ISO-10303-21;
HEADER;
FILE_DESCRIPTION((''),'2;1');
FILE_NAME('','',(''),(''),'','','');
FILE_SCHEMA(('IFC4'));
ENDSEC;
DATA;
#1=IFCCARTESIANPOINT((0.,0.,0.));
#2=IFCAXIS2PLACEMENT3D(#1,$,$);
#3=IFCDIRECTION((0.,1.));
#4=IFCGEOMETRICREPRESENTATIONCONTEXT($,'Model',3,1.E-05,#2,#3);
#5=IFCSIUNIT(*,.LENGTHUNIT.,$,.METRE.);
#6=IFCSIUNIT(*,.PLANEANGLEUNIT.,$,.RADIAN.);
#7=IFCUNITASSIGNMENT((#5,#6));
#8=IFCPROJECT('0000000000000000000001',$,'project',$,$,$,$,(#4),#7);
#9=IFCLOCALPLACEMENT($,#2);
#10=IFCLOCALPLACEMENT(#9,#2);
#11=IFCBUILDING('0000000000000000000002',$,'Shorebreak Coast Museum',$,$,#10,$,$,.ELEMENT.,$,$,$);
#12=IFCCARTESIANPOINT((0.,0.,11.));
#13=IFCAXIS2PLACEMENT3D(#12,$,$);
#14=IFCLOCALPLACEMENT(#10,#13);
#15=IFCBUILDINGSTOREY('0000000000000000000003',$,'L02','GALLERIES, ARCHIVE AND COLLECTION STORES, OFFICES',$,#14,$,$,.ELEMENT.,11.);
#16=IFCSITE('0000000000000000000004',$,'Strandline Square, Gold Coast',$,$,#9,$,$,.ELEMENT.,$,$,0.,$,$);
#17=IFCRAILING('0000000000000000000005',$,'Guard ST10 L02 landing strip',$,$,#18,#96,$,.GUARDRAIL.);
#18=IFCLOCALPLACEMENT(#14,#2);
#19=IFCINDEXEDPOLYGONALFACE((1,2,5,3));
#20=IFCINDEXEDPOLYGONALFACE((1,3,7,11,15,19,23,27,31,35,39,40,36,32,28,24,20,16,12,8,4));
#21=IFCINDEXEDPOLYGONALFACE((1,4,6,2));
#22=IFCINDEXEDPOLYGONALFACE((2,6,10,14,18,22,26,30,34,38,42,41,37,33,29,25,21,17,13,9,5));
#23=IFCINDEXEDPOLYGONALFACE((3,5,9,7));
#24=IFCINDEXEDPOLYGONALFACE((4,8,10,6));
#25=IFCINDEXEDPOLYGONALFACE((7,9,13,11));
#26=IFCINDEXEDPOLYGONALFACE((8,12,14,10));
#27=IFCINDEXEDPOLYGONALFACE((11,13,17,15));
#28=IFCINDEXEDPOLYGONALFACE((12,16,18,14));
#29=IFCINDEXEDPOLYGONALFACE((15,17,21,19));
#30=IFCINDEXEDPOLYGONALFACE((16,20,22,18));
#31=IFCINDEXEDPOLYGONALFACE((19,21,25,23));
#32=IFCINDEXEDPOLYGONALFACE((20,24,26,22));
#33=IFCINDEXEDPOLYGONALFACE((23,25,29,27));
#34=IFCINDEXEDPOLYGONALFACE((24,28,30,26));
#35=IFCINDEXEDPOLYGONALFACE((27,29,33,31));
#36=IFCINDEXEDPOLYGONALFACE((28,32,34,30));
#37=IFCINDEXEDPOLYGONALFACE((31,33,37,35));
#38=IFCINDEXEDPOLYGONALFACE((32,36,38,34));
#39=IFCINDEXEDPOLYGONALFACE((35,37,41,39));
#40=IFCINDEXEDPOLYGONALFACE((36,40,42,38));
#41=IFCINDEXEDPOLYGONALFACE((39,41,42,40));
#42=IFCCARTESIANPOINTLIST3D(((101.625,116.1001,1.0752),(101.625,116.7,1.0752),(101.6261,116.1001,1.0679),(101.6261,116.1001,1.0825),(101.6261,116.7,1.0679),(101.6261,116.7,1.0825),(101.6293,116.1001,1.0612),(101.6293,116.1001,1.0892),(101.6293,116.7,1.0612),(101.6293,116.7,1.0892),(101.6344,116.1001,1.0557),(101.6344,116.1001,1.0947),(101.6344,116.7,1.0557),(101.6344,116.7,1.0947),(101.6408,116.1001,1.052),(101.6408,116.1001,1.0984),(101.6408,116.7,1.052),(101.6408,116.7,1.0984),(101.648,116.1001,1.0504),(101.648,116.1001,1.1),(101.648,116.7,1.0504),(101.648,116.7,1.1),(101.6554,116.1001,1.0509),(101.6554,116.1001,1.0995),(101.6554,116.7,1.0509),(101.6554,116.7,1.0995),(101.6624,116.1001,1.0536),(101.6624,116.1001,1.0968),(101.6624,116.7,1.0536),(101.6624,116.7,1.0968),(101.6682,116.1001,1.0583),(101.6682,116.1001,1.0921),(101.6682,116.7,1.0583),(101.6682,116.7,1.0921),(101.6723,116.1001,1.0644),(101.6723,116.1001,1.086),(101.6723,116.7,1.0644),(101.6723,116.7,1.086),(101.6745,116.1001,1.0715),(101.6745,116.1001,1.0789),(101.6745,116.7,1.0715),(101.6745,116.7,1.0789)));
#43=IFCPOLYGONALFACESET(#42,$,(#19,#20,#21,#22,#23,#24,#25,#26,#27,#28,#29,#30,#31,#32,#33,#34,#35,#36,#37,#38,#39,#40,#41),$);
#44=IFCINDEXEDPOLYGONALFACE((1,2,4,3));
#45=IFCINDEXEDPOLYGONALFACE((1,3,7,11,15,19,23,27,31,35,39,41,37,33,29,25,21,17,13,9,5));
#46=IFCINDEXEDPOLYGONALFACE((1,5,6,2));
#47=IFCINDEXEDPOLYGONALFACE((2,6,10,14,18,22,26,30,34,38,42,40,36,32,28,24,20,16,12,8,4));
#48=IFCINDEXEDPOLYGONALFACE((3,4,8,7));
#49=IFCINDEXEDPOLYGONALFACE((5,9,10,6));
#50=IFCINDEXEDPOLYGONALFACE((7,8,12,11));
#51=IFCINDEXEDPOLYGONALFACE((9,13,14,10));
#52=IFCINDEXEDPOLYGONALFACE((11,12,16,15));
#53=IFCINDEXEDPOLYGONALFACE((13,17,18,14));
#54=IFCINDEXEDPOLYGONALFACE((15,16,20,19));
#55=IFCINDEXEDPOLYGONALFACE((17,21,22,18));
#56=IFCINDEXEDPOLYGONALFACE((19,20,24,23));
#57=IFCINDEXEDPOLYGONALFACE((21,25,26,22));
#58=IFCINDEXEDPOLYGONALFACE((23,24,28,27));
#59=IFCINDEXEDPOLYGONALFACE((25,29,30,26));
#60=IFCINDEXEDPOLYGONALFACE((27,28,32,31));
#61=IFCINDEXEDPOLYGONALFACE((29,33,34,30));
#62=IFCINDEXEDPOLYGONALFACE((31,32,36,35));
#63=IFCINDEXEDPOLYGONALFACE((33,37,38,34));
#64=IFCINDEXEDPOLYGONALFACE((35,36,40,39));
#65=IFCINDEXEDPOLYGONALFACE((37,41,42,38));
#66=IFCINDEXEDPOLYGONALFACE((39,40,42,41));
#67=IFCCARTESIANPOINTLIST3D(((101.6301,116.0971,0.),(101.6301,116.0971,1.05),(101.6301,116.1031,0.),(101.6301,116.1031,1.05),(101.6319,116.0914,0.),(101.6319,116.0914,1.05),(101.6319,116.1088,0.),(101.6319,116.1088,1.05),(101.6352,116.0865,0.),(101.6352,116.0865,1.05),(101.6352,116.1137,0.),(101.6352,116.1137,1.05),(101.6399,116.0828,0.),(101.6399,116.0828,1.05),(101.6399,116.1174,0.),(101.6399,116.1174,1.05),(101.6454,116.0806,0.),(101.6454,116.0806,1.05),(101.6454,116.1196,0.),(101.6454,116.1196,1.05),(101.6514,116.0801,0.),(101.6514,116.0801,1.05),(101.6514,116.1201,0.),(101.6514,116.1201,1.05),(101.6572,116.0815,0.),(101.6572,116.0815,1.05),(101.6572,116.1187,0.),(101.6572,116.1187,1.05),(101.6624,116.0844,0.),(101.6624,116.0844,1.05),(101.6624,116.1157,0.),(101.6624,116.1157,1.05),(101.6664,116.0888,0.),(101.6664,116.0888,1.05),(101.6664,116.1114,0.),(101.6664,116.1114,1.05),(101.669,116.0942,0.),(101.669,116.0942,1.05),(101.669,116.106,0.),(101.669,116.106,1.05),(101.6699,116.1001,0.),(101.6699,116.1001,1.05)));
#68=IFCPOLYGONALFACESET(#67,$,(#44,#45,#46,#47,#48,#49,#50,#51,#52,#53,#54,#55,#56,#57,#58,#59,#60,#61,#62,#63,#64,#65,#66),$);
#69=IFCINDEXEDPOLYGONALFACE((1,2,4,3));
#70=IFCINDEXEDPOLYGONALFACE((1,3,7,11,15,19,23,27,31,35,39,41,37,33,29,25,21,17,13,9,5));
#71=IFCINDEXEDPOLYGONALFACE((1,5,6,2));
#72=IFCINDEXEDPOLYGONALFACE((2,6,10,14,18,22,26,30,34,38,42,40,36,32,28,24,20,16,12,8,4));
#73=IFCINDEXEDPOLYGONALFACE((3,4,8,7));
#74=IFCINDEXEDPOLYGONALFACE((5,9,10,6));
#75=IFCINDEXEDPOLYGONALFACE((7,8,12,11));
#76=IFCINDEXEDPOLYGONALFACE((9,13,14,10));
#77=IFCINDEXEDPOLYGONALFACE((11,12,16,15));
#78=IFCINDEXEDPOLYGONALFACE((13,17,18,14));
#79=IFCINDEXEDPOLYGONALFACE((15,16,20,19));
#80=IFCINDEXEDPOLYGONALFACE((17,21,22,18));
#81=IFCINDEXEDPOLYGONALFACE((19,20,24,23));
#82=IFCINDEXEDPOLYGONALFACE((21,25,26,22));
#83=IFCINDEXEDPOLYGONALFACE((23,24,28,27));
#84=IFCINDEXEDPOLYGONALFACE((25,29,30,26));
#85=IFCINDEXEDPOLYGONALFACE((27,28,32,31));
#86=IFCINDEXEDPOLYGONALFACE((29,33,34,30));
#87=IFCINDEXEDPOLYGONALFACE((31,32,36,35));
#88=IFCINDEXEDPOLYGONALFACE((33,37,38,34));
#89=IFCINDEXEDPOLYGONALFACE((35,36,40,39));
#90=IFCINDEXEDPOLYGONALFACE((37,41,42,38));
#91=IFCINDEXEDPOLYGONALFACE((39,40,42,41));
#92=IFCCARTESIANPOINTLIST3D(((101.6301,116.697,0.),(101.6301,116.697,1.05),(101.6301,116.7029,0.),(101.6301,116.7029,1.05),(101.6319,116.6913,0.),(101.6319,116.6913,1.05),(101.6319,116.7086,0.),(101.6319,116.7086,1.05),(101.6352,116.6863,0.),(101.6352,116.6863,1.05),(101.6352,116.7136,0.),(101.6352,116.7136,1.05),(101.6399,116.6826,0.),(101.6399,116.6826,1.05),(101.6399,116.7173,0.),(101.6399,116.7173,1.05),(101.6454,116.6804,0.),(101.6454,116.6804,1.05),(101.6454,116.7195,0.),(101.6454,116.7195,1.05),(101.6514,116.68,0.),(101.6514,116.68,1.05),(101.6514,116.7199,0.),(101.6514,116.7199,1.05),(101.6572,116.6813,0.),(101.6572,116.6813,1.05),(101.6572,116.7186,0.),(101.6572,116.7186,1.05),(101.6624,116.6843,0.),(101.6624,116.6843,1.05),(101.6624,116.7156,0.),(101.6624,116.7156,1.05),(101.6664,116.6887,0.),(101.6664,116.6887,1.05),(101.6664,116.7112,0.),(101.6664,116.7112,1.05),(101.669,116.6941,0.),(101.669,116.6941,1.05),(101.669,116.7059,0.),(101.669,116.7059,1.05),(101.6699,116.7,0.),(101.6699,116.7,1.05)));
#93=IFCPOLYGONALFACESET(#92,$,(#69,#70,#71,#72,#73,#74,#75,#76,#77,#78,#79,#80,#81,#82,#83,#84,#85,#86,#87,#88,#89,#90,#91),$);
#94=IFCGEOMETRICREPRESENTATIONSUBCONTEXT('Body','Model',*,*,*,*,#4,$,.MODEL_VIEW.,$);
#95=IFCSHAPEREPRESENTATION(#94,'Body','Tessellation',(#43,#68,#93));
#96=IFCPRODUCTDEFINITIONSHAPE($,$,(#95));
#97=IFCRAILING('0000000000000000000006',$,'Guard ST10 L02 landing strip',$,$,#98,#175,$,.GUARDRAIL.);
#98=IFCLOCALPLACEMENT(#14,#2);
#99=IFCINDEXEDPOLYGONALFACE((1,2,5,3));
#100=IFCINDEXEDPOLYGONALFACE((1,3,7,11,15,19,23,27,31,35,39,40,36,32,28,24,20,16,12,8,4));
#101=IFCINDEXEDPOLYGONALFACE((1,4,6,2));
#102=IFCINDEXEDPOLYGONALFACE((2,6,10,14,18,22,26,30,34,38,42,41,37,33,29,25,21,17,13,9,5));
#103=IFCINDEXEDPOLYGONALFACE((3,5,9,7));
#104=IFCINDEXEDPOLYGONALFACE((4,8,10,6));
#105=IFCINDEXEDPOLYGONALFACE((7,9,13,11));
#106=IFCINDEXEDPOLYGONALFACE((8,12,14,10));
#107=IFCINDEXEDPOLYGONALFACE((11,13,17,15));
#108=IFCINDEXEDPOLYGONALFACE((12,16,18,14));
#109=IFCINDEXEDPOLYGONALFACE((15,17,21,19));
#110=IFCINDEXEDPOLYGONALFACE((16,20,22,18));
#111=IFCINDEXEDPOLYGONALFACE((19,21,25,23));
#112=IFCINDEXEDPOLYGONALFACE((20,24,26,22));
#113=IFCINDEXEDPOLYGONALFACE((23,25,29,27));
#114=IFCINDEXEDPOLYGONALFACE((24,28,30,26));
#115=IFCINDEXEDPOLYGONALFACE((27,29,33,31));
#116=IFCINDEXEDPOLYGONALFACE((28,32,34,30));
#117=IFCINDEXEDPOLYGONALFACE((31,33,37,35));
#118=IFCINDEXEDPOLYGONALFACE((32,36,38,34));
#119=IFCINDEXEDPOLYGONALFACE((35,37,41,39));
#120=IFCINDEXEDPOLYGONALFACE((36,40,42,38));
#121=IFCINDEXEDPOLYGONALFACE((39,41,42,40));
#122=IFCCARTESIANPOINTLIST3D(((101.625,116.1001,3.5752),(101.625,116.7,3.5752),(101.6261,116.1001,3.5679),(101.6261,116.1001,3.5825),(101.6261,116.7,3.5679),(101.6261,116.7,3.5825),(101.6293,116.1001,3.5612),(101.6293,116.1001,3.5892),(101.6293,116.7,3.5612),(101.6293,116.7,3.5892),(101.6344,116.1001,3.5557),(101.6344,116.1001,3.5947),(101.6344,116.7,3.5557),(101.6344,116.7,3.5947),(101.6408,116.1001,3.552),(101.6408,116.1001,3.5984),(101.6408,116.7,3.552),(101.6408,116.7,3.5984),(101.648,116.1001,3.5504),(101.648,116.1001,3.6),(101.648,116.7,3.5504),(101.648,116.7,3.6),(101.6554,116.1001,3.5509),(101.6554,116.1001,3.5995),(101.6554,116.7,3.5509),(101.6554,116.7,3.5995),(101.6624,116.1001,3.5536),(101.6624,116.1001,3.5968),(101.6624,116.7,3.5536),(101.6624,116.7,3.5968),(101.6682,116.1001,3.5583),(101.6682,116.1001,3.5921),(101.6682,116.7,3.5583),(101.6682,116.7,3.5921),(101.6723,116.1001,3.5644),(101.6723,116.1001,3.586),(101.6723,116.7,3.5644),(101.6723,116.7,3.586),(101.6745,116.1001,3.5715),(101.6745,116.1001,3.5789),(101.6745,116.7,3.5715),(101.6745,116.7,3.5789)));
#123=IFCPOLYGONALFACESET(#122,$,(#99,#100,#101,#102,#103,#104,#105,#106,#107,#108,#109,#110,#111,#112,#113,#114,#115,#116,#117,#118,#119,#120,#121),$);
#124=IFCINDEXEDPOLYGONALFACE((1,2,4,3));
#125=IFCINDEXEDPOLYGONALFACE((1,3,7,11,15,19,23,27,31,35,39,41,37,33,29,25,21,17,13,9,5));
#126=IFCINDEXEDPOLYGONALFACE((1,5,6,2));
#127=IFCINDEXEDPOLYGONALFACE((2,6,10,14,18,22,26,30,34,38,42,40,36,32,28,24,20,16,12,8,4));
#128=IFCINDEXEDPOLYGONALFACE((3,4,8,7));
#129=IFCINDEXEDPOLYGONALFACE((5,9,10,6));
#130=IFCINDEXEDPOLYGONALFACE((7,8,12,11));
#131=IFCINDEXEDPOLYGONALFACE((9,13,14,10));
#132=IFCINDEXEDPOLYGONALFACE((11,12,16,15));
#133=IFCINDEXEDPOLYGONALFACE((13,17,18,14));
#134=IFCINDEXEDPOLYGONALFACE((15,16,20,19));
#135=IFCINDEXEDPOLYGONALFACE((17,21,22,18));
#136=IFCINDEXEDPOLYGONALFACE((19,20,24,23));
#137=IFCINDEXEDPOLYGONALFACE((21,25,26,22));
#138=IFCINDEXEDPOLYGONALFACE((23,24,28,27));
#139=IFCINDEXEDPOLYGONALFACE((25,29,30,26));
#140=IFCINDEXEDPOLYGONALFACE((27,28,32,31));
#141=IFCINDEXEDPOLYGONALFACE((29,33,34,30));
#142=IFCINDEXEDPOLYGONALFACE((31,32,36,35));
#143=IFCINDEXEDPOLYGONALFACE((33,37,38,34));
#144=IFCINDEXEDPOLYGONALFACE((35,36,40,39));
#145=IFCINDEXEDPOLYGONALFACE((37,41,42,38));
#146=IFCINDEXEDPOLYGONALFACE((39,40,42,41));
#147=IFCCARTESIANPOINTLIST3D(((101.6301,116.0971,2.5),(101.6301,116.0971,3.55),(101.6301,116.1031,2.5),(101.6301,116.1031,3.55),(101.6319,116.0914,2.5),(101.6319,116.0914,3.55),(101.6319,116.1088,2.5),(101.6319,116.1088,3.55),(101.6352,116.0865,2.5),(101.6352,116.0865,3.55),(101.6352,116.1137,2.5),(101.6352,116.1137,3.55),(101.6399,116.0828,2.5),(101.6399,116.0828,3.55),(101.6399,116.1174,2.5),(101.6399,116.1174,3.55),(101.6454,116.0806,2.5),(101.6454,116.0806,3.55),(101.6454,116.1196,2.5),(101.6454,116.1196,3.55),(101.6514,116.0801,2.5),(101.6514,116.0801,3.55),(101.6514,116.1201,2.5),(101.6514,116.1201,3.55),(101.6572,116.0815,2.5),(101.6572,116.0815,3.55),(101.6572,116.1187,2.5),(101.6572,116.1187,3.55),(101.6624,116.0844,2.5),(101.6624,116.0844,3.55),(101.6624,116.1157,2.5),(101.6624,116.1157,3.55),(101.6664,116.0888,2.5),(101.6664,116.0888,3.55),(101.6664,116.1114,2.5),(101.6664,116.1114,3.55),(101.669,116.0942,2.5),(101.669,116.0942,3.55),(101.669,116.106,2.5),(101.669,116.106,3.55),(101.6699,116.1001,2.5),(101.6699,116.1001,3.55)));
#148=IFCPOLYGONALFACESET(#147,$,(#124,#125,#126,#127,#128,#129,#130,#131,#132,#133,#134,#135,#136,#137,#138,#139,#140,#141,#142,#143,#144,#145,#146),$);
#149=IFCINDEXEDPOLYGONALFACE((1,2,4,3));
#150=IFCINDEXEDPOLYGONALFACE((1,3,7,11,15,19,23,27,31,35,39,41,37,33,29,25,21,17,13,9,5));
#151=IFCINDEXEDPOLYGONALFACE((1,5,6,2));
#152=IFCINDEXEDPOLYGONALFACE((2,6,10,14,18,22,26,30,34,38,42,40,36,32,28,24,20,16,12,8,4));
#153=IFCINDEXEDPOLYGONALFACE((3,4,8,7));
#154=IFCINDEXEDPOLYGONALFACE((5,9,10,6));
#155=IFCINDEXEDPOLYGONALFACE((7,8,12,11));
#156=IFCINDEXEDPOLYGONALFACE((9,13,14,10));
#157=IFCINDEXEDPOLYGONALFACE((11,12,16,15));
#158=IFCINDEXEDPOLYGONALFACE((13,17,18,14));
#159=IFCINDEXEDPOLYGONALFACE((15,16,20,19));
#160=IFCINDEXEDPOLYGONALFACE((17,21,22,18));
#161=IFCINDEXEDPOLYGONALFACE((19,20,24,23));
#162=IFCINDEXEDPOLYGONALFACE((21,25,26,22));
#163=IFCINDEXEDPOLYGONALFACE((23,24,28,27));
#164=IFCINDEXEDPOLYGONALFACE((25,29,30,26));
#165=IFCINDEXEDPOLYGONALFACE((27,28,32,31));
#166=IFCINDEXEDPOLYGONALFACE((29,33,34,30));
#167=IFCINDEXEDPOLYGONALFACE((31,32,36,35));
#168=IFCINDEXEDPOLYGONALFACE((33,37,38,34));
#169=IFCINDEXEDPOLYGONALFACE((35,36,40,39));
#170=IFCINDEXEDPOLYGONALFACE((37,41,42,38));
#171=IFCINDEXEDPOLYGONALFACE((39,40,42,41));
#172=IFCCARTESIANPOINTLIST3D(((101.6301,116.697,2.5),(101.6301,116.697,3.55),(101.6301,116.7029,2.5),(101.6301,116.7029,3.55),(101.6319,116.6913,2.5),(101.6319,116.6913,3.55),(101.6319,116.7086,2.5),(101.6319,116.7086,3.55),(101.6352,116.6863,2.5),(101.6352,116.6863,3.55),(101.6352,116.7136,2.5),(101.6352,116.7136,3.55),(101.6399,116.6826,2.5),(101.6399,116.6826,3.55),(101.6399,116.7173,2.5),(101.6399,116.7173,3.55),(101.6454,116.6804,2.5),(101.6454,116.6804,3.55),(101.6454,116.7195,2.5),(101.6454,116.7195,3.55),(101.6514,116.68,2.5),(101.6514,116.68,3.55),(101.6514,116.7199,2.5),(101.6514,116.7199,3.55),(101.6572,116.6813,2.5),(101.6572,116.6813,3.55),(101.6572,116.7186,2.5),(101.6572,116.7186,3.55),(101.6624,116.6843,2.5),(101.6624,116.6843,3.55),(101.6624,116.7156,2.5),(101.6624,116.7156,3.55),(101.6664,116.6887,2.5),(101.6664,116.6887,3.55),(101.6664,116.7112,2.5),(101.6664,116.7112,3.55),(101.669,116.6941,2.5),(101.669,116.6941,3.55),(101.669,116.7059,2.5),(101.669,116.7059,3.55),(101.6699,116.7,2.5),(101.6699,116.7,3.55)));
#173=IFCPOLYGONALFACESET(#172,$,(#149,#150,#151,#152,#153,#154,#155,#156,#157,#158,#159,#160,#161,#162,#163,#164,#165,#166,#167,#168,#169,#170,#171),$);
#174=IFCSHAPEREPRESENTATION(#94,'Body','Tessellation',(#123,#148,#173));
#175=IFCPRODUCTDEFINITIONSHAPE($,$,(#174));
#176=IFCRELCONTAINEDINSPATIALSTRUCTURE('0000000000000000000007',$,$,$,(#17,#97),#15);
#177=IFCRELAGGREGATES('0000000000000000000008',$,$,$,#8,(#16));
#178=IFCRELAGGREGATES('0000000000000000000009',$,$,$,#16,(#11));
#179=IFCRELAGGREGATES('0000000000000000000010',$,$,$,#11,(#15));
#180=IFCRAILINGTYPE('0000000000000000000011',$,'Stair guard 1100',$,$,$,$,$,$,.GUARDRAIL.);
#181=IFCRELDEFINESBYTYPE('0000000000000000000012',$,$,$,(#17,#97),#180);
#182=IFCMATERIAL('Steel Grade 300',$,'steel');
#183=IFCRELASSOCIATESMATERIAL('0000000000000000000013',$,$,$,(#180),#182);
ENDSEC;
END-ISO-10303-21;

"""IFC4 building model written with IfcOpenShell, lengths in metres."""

from ifc_helpers import new_model, si_unit, direction, frame, origin, origin_2d, place, context, subcontext, project, spatial, circle, extrude, material, type_object, element, save


model = new_model("IFC4")

# Units and contexts
model_context = context("Model", 3, precision=1e-05, world=origin(), true_north=direction((0.0, 1.0)))
body_context = subcontext(model_context, "Body", "Model", "MODEL_VIEW")
ifc_project = project(units=[si_unit("LENGTHUNIT", "METRE"), si_unit("PLANEANGLEUNIT", "RADIAN")], contexts=[model_context])

# Site, building, storey
site_placement = place(None, origin())
site = spatial("IfcSite", under=ifc_project, at=site_placement, Name="Strandline Square, Gold Coast", CompositionType="ELEMENT", RefElevation=0.0)
building_placement = place(site_placement, origin())
building = spatial("IfcBuilding", under=site, at=building_placement, Name="Shorebreak Coast Museum", CompositionType="ELEMENT")
storey_placement = place(building_placement, frame((0.0, 0.0, 11.0)))
storey = spatial("IfcBuildingStorey", under=building, at=storey_placement, Name="L02", Description="GALLERIES, ARCHIVE AND COLLECTION STORES, OFFICES", CompositionType="ELEMENT", Elevation=11.0)

# Railings
ifc_material_1 = material(Name="Steel Grade 300", Category="steel")
railing_type_1 = type_object("IfcRailingType", Name="Stair guard 1100", PredefinedType="GUARDRAIL", material=ifc_material_1)
for number, where, name in (
    (1, (101.6499, 116.1001, 0.0), "Guard ST10 L02 landing strip"),
    (2, (101.6499, 116.1001, 2.5), "Guard ST10 L02 landing strip"),
):
    element("IfcRailing", number, at=place(storey_placement, frame(where)), inside=storey, type_object=railing_type_1, Name=name, PredefinedType="GUARDRAIL", context=body_context, shape_type="SweptSolid", body=[
        extrude(circle(Radius=0.0249, at=origin_2d()), frame((0.0, 0.0, 1.0752), z_axis=(0.0, 1.0, 0.0), x_axis=(-1.0, 0.0, 0.0)), (0.0, 0.0, 1.0), 0.5999),
        extrude(circle(Radius=0.02, at=origin_2d()), origin(), (0.0, 0.0, 1.0), 1.05),
        extrude(circle(Radius=0.02, at=origin_2d()), frame((0.0, 0.5999, 0.0)), (0.0, 0.0, 1.0), 1.05),
    ])

save(model, "model.ifc")
